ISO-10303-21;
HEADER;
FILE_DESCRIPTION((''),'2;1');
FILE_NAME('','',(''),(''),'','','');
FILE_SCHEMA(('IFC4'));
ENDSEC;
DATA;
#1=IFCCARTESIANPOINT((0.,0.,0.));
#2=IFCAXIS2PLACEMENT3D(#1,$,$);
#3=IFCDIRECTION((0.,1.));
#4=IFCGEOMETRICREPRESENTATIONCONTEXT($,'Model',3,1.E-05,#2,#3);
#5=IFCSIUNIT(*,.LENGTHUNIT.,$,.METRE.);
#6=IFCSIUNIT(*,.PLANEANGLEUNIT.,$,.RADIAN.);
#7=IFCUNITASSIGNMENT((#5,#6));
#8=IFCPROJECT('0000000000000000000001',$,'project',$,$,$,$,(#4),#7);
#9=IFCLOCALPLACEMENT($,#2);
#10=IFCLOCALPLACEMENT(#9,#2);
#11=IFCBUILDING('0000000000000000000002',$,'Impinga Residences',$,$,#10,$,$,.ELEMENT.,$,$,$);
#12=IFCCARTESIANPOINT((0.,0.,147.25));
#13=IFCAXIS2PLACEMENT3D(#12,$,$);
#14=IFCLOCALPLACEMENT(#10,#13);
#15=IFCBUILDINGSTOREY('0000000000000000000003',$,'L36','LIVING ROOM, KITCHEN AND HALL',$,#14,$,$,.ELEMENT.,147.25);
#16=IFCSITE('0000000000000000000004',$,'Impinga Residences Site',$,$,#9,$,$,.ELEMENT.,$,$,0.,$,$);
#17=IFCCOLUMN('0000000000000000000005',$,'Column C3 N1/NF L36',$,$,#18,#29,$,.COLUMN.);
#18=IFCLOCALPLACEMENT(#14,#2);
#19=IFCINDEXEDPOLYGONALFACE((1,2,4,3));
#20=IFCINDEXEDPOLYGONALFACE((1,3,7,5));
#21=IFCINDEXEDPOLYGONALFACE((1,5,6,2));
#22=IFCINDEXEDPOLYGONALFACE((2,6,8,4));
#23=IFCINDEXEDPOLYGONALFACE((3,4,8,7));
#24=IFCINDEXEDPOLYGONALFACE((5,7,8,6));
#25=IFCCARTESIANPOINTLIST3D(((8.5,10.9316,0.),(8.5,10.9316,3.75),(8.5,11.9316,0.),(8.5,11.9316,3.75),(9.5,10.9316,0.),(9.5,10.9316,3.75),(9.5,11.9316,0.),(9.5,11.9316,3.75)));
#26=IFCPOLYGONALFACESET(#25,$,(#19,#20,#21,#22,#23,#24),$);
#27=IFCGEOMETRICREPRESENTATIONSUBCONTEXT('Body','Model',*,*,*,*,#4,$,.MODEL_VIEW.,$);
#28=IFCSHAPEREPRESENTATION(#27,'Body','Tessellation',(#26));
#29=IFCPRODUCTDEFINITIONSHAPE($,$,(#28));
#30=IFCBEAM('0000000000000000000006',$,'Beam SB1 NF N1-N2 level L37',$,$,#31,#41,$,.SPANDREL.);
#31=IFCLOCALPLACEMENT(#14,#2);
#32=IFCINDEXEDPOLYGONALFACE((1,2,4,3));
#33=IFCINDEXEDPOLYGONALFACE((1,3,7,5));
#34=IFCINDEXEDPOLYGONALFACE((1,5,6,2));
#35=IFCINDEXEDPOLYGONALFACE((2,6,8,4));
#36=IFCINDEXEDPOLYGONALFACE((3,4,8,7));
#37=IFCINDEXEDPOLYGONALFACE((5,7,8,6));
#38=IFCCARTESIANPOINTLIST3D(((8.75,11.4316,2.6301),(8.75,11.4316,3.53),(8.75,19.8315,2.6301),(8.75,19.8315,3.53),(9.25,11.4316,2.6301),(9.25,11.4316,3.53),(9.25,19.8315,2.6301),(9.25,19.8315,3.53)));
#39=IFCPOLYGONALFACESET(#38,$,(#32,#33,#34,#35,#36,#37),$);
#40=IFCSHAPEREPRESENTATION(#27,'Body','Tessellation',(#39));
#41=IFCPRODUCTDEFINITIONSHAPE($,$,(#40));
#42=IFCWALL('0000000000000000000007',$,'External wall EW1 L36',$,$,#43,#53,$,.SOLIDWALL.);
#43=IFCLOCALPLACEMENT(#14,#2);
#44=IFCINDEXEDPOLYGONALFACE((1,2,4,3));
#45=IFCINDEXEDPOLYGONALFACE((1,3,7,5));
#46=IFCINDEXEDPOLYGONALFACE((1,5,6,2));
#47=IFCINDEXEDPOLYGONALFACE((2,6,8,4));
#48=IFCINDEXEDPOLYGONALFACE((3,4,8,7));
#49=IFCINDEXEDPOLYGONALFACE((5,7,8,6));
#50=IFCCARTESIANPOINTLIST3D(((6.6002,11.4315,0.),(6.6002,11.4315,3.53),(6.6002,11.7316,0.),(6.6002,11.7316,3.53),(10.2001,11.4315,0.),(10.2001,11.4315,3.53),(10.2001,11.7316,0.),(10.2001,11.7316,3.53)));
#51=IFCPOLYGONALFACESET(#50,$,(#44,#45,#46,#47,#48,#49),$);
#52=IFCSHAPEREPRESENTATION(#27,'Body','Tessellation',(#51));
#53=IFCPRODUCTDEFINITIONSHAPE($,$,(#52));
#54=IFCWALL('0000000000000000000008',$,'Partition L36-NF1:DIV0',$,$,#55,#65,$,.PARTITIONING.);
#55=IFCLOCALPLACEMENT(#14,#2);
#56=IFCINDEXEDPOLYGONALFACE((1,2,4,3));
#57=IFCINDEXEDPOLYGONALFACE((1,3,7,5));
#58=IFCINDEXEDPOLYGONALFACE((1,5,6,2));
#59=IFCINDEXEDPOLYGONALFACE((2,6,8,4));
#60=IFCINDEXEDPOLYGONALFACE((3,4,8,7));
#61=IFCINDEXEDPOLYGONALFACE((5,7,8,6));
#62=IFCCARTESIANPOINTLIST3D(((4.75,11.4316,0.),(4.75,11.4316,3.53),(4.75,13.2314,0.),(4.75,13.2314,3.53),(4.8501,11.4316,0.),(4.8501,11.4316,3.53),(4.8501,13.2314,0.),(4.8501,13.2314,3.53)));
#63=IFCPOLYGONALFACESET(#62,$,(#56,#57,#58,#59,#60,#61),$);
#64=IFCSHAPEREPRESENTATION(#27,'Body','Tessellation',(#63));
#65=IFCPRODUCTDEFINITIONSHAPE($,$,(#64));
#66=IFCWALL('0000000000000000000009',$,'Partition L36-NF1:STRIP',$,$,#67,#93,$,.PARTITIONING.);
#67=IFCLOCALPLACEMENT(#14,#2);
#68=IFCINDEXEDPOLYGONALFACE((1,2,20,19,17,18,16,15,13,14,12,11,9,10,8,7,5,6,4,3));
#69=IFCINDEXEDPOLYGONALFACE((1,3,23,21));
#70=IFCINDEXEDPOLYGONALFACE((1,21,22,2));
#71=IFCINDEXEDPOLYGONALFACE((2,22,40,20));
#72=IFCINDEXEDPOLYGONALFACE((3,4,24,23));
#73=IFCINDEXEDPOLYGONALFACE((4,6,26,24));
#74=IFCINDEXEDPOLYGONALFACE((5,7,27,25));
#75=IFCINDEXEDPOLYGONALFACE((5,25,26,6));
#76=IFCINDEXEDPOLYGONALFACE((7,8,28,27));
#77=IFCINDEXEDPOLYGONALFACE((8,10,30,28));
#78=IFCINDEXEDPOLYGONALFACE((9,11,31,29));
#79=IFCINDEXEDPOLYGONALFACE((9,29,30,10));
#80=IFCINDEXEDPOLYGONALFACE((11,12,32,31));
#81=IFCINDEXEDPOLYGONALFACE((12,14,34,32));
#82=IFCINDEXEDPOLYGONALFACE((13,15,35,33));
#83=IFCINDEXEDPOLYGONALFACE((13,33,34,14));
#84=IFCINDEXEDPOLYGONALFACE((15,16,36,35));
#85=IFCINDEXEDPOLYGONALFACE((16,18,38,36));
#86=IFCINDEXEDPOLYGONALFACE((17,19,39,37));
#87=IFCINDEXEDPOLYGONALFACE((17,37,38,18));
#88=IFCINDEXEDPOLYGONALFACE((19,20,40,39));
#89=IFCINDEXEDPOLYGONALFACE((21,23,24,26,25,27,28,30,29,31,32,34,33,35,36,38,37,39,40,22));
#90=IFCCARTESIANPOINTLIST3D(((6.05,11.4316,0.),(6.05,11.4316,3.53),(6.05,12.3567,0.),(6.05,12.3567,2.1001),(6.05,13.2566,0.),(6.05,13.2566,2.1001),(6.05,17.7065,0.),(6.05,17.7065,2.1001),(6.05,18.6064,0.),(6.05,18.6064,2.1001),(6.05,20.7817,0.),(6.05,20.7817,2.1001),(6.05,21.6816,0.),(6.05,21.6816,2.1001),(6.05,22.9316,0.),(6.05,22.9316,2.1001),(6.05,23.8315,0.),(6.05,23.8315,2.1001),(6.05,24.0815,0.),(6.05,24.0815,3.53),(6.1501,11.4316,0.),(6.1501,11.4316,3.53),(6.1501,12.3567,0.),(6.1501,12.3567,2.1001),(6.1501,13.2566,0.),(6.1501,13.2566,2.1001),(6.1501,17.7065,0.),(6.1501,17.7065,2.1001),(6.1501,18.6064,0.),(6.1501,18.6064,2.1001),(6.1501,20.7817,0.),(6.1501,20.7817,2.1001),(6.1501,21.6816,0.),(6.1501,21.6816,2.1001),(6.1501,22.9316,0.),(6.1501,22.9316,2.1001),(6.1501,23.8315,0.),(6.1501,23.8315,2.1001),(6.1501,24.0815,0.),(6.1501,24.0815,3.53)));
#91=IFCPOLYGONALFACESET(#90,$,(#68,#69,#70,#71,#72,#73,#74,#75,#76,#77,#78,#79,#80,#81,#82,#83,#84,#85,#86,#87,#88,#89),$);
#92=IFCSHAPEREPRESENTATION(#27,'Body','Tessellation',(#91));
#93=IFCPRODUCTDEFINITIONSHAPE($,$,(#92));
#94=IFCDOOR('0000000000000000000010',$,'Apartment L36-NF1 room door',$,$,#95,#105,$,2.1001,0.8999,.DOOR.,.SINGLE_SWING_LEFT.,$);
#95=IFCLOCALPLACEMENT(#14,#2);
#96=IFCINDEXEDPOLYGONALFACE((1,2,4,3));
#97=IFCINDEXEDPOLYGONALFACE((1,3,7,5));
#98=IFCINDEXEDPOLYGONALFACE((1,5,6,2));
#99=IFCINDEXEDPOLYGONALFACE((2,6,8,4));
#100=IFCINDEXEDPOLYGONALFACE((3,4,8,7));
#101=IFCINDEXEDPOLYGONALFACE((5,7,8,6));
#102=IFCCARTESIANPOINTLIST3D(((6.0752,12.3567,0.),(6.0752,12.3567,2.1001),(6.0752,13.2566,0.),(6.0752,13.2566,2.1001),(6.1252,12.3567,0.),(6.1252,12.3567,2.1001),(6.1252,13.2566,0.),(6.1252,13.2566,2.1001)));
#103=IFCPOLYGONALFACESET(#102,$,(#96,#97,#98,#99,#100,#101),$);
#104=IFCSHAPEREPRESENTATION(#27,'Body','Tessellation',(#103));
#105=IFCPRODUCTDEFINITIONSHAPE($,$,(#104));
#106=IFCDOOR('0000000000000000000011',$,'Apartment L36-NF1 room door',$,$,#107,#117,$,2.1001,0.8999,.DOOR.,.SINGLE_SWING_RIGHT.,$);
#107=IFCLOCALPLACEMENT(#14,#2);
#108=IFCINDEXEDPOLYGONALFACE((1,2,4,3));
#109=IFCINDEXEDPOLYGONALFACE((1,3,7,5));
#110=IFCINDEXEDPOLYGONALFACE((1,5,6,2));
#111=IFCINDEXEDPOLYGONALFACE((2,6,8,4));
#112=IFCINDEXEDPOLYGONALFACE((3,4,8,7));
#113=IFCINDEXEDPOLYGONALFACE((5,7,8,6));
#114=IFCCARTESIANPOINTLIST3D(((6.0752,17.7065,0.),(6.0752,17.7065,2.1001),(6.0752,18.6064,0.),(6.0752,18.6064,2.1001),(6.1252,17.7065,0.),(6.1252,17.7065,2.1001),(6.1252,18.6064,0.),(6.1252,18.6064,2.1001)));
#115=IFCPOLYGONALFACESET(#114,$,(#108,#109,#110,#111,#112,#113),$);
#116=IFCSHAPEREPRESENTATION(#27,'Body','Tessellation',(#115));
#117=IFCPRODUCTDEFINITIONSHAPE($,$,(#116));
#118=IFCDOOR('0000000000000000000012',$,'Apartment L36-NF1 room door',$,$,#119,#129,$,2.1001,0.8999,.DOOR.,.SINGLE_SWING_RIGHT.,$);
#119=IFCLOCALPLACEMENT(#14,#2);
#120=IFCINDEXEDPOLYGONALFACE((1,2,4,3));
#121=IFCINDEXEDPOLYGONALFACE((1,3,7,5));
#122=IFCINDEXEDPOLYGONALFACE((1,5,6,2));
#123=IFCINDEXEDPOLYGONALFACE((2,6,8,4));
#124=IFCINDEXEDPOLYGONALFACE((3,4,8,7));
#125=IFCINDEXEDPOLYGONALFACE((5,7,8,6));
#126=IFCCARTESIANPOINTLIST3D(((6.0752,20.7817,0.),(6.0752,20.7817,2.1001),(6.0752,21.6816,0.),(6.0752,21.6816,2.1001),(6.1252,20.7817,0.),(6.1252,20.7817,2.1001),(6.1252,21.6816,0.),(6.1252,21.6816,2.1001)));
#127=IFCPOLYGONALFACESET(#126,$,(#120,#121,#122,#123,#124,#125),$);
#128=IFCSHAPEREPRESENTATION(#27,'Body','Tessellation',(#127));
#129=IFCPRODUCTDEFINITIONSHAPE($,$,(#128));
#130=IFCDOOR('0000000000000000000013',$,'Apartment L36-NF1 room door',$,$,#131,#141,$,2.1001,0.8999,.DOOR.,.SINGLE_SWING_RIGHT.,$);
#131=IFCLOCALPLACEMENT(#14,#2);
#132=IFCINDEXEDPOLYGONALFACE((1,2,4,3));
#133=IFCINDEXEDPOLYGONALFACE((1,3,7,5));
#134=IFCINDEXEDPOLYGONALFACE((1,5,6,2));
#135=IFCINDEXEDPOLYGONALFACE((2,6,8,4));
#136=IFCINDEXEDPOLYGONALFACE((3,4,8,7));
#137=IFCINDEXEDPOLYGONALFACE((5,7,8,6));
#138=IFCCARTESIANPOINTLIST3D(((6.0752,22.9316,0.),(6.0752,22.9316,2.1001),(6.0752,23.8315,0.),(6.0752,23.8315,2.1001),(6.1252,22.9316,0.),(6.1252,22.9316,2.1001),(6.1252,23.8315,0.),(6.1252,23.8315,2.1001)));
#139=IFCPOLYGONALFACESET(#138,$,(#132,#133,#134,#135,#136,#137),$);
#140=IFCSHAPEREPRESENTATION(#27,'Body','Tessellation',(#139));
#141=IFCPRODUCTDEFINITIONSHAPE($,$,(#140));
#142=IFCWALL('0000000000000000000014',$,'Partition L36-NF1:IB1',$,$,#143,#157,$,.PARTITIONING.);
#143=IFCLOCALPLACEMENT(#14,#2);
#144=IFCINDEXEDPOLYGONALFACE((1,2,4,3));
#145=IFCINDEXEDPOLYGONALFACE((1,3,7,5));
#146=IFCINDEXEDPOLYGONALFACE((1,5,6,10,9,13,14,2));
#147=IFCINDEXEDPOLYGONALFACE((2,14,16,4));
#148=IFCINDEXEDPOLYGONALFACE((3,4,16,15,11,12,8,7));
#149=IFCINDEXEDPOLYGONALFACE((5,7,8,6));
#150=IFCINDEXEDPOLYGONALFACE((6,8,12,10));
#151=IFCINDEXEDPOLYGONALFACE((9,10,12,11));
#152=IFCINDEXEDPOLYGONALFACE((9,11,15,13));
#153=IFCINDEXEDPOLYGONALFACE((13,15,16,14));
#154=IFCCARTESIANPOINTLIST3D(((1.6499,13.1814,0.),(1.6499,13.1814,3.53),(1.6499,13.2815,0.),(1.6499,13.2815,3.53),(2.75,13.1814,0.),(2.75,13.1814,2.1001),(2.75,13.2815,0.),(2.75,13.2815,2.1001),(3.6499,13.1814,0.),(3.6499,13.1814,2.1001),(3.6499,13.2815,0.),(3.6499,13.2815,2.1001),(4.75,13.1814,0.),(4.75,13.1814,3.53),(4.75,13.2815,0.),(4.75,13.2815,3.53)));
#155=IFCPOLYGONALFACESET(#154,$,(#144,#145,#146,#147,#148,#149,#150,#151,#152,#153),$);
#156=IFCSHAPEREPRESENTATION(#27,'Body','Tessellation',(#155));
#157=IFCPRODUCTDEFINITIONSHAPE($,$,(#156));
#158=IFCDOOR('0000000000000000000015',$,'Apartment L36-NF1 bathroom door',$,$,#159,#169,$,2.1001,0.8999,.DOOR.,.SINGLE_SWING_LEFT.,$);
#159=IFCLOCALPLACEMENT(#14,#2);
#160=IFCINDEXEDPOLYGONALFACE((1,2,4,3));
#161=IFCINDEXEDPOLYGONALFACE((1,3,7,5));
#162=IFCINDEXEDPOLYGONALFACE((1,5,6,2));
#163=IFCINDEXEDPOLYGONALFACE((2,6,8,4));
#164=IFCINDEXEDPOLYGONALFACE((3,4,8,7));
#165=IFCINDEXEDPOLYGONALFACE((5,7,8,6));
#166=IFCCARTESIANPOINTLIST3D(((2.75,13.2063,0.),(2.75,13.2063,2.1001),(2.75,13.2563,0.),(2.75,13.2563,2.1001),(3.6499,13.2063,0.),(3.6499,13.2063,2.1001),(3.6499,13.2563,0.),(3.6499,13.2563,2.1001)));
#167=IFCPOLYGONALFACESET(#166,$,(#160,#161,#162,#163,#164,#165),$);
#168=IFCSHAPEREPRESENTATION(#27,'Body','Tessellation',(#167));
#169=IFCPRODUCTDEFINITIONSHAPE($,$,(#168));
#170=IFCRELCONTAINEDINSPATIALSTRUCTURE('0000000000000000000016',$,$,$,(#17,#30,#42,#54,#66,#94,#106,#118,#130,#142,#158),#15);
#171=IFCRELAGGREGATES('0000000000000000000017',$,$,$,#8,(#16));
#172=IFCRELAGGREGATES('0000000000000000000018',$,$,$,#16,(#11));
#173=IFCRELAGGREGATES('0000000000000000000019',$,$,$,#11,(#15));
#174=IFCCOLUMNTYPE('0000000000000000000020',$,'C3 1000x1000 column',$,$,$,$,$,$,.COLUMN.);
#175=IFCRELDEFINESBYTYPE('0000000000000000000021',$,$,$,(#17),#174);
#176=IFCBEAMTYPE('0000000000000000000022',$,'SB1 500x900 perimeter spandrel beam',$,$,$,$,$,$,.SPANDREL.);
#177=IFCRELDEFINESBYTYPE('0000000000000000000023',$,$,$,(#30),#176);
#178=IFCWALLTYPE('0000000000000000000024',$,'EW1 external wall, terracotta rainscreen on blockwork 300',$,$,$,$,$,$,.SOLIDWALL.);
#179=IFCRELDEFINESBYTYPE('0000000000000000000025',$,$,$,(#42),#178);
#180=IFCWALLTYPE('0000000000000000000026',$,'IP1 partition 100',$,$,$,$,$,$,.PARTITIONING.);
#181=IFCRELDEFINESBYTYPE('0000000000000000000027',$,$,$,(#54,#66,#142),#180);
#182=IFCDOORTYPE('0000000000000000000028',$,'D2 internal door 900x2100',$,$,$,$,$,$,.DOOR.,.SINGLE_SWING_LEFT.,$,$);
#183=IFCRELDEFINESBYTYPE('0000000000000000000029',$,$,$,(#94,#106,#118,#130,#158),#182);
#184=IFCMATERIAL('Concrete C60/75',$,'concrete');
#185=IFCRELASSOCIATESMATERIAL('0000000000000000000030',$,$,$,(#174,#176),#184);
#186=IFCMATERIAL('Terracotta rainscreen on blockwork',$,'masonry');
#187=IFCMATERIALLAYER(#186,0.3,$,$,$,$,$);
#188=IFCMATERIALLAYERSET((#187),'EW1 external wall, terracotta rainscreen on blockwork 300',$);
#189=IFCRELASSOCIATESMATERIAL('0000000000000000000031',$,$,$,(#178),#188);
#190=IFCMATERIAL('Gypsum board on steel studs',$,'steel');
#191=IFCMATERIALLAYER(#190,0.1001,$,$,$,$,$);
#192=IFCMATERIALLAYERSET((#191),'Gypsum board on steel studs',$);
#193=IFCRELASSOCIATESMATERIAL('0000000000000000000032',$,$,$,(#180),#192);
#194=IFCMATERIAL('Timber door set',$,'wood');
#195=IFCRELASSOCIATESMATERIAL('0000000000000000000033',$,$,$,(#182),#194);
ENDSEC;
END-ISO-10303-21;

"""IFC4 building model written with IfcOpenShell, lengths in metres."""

from ifc_helpers import new_model, si_unit, direction, frame, frame_2d, origin, origin_2d, place, context, subcontext, project, spatial, rectangle, extrude, material, layer, layer_set, material_profile, profile_set, type_object, element, fill, save


model = new_model("IFC4")

# Units and contexts
model_context = context("Model", 3, precision=1e-05, world=origin(), true_north=direction((0.0, 1.0)))
body_context = subcontext(model_context, "Body", "Model", "MODEL_VIEW")
ifc_project = project(units=[si_unit("LENGTHUNIT", "METRE"), si_unit("PLANEANGLEUNIT", "RADIAN")], contexts=[model_context])

# Site, building, storey
site_placement = place(None, origin())
site = spatial("IfcSite", under=ifc_project, at=site_placement, Name="Impinga Residences Site", CompositionType="ELEMENT", RefElevation=0.0)
building_placement = place(site_placement, origin())
building = spatial("IfcBuilding", under=site, at=building_placement, Name="Impinga Residences", CompositionType="ELEMENT")
storey_placement = place(building_placement, frame((0.0, 0.0, 147.25)))
storey = spatial("IfcBuildingStorey", under=building, at=storey_placement, Name="L36", Description="LIVING ROOM, KITCHEN AND HALL", CompositionType="ELEMENT", Elevation=147.25)

# Column
ifc_material_1 = material(Name="Concrete C60/75", Category="concrete")
ifc_material_profile_1 = material_profile(ifc_material_1, rectangle(XDim=1.0, YDim=1.0, at=origin_2d()), Name="RC 1000x1000")
ifc_profile_set_1 = profile_set([ifc_material_profile_1], Name="Concrete C60/75")
column_type = type_object("IfcColumnType", Name="C3 1000x1000 column", PredefinedType="COLUMN", material=ifc_profile_set_1)
column_placement = place(storey_placement, frame((9.0, 11.4316, 0.0), z_axis=(0.0, 0.0, 1.0), x_axis=(1.0, 0.0, 0.0)))
element("IfcColumn", 1, at=column_placement, inside=storey, type_object=column_type, Name="Column C3 N1/NF L36", PredefinedType="COLUMN", context=body_context, shape_type="SweptSolid", body=[
    extrude(rectangle(XDim=1.0, YDim=1.0, at=origin_2d()), origin(), (0.0, 0.0, 1.0), 3.75),
])

# Beam
ifc_material_profile_2 = material_profile(ifc_material_1, rectangle(XDim=0.5, YDim=0.8999, at=origin_2d()), Name="RC 500x900")
ifc_profile_set_2 = profile_set([ifc_material_profile_2], Name="Concrete C60/75")
beam_type = type_object("IfcBeamType", Name="SB1 500x900 perimeter spandrel beam", PredefinedType="SPANDREL", material=ifc_profile_set_2)
beam_placement = place(storey_placement, frame((9.0, 11.4316, 3.0801), z_axis=(0.0, 1.0, 0.0), x_axis=(-1.0, 0.0, 0.0)))
element("IfcBeam", 2, at=beam_placement, inside=storey, type_object=beam_type, Name="Beam SB1 NF N1-N2 level L37", PredefinedType="SPANDREL", context=body_context, shape_type="SweptSolid", body=[
    extrude(rectangle(XDim=0.5, YDim=0.8999, at=origin_2d()), origin(), (0.0, 0.0, 1.0), 8.3999),
])

# Walls
ifc_material_2 = material(Name="Terracotta rainscreen on blockwork", Category="masonry")
ifc_layer_1 = layer(ifc_material_2, 0.3)
ifc_layer_set_1 = layer_set([ifc_layer_1], Name="EW1 external wall, terracotta rainscreen on blockwork 300")
wall_type_1 = type_object("IfcWallType", Name="EW1 external wall, terracotta rainscreen on blockwork 300", PredefinedType="SOLIDWALL", material=ifc_layer_set_1)
wall_1_placement = place(storey_placement, frame((10.2, 11.5815, 0.0), z_axis=(0.0, 0.0, 1.0), x_axis=(-1.0, 0.0, 0.0)))
element("IfcWall", 3, at=wall_1_placement, inside=storey, type_object=wall_type_1, Name="External wall EW1 L36", PredefinedType="SOLIDWALL", context=body_context, shape_type="SweptSolid", body=[
    extrude(rectangle(XDim=3.5999, YDim=0.3, at=frame_2d((1.7998, 0.0))), origin(), (0.0, 0.0, 1.0), 3.53),
])
ifc_material_3 = material(Name="Gypsum board on steel studs", Category="steel")
ifc_layer_2 = layer(ifc_material_3, 0.1001)
ifc_layer_set_2 = layer_set([ifc_layer_2], Name="Gypsum board on steel studs")
wall_type_2 = type_object("IfcWallType", Name="IP1 partition 100", PredefinedType="PARTITIONING", material=ifc_layer_set_2)
wall_2_placement = place(storey_placement, frame((4.8, 11.4316, 0.0), z_axis=(0.0, 0.0, 1.0), x_axis=(0.0, 1.0, 0.0)))
element("IfcWall", 4, at=wall_2_placement, inside=storey, type_object=wall_type_2, Name="Partition L36-NF1:DIV0", PredefinedType="PARTITIONING", context=body_context, shape_type="SweptSolid", body=[
    extrude(rectangle(XDim=1.7998, YDim=0.1001, at=frame_2d((0.8999, 0.0))), origin(), (0.0, 0.0, 1.0), 3.53),
])

# Wall, openings, doors
wall_3_placement = place(storey_placement, frame((6.1001, 11.4316, 0.0), z_axis=(0.0, 0.0, 1.0), x_axis=(0.0, 1.0, 0.0)))
wall_3 = element("IfcWall", 5, at=wall_3_placement, inside=storey, type_object=wall_type_2, Name="Partition L36-NF1:STRIP", PredefinedType="PARTITIONING", context=body_context, shape_type="SweptSolid", body=[
    extrude(rectangle(XDim=12.6499, YDim=0.1001, at=frame_2d((6.325, 0.0))), origin(), (0.0, 0.0, 1.0), 3.53),
])
opening_1_placement = place(wall_3_placement, frame((0.925, 0.0, 0.0)))
opening_1 = element("IfcOpeningElement", 6, at=opening_1_placement, cuts=wall_3, PredefinedType="OPENING", context=body_context, shape_type="SweptSolid", body=[
    extrude(rectangle(XDim=0.8999, YDim=2.1001, at=frame_2d((0.45, 1.05))), frame((0.0, 0.0601, 0.0), z_axis=(0.0, -1.0, 0.0), x_axis=(1.0, 0.0, 0.0)), (0.0, 0.0, 1.0), 0.1201),
])
opening_2_placement = place(wall_3_placement, frame((6.2749, 0.0, 0.0)))
opening_2 = element("IfcOpeningElement", 7, at=opening_2_placement, cuts=wall_3, PredefinedType="OPENING", context=body_context, shape_type="SweptSolid", body=[
    extrude(rectangle(XDim=0.8999, YDim=2.1001, at=frame_2d((0.45, 1.05))), frame((0.0, 0.0601, 0.0), z_axis=(0.0, -1.0, 0.0), x_axis=(1.0, 0.0, 0.0)), (0.0, 0.0, 1.0), 0.1201),
])
opening_3_placement = place(wall_3_placement, frame((9.3501, 0.0, 0.0)))
opening_3 = element("IfcOpeningElement", 8, at=opening_3_placement, cuts=wall_3, PredefinedType="OPENING", context=body_context, shape_type="SweptSolid", body=[
    extrude(rectangle(XDim=0.8999, YDim=2.1001, at=frame_2d((0.45, 1.05))), frame((0.0, 0.0601, 0.0), z_axis=(0.0, -1.0, 0.0), x_axis=(1.0, 0.0, 0.0)), (0.0, 0.0, 1.0), 0.1201),
])
opening_4_placement = place(wall_3_placement, frame((11.5, 0.0, 0.0)))
opening_4 = element("IfcOpeningElement", 9, at=opening_4_placement, cuts=wall_3, PredefinedType="OPENING", context=body_context, shape_type="SweptSolid", body=[
    extrude(rectangle(XDim=0.8999, YDim=2.1001, at=frame_2d((0.45, 1.05))), frame((0.0, 0.0601, 0.0), z_axis=(0.0, -1.0, 0.0), x_axis=(1.0, 0.0, 0.0)), (0.0, 0.0, 1.0), 0.1201),
])
ifc_material_4 = material(Name="Timber door set", Category="wood")
door_type_1 = type_object("IfcDoorType", Name="D2 internal door 900x2100", OperationType="SINGLE_SWING_LEFT", PredefinedType="DOOR", material=ifc_material_4)
door_1_placement = place(opening_1_placement, origin())
door_1 = element("IfcDoor", 10, at=door_1_placement, inside=storey, type_object=door_type_1, Name="Apartment L36-NF1 room door", OperationType="SINGLE_SWING_LEFT", OverallHeight=2.1001, OverallWidth=0.8999, PredefinedType="DOOR", context=body_context, shape_type="SweptSolid", body=[
    extrude(rectangle(XDim=0.8999, YDim=2.1001, at=frame_2d((0.45, 1.05))), frame((0.0, 0.0249, 0.0), z_axis=(0.0, -1.0, 0.0), x_axis=(1.0, 0.0, 0.0)), (0.0, 0.0, 1.0), 0.05),
])
fill(opening_1, door_1)
door_2_placement = place(opening_2_placement, origin())
door_2 = element("IfcDoor", 11, at=door_2_placement, inside=storey, type_object=door_type_1, Name="Apartment L36-NF1 room door", OperationType="SINGLE_SWING_RIGHT", OverallHeight=2.1001, OverallWidth=0.8999, PredefinedType="DOOR", context=body_context, shape_type="SweptSolid", body=[
    extrude(rectangle(XDim=0.8999, YDim=2.1001, at=frame_2d((0.45, 1.05))), frame((0.0, 0.0249, 0.0), z_axis=(0.0, -1.0, 0.0), x_axis=(1.0, 0.0, 0.0)), (0.0, 0.0, 1.0), 0.05),
])
fill(opening_2, door_2)
door_3_placement = place(opening_3_placement, origin())
door_3 = element("IfcDoor", 12, at=door_3_placement, inside=storey, type_object=door_type_1, Name="Apartment L36-NF1 room door", OperationType="SINGLE_SWING_RIGHT", OverallHeight=2.1001, OverallWidth=0.8999, PredefinedType="DOOR", context=body_context, shape_type="SweptSolid", body=[
    extrude(rectangle(XDim=0.8999, YDim=2.1001, at=frame_2d((0.45, 1.05))), frame((0.0, 0.0249, 0.0), z_axis=(0.0, -1.0, 0.0), x_axis=(1.0, 0.0, 0.0)), (0.0, 0.0, 1.0), 0.05),
])
fill(opening_3, door_3)
door_4_placement = place(opening_4_placement, origin())
door_4 = element("IfcDoor", 13, at=door_4_placement, inside=storey, type_object=door_type_1, Name="Apartment L36-NF1 room door", OperationType="SINGLE_SWING_RIGHT", OverallHeight=2.1001, OverallWidth=0.8999, PredefinedType="DOOR", context=body_context, shape_type="SweptSolid", body=[
    extrude(rectangle(XDim=0.8999, YDim=2.1001, at=frame_2d((0.45, 1.05))), frame((0.0, 0.0249, 0.0), z_axis=(0.0, -1.0, 0.0), x_axis=(1.0, 0.0, 0.0)), (0.0, 0.0, 1.0), 0.05),
])
fill(opening_4, door_4)

# Wall, opening, door
wall_4_placement = place(storey_placement, frame((1.6499, 13.2314, 0.0), z_axis=(0.0, 0.0, 1.0), x_axis=(1.0, 0.0, 0.0)))
wall_4 = element("IfcWall", 14, at=wall_4_placement, inside=storey, type_object=wall_type_2, Name="Partition L36-NF1:IB1", PredefinedType="PARTITIONING", context=body_context, shape_type="SweptSolid", body=[
    extrude(rectangle(XDim=3.1001, YDim=0.1001, at=frame_2d((1.55, 0.0))), origin(), (0.0, 0.0, 1.0), 3.53),
])
opening_5_placement = place(wall_4_placement, frame((1.1001, 0.0, 0.0)))
opening_5 = element("IfcOpeningElement", 15, at=opening_5_placement, cuts=wall_4, PredefinedType="OPENING", context=body_context, shape_type="SweptSolid", body=[
    extrude(rectangle(XDim=0.8999, YDim=2.1001, at=frame_2d((0.45, 1.05))), frame((0.0, 0.0601, 0.0), z_axis=(0.0, -1.0, 0.0), x_axis=(1.0, 0.0, 0.0)), (0.0, 0.0, 1.0), 0.1201),
])
door_5_placement = place(opening_5_placement, origin())
door_5 = element("IfcDoor", 16, at=door_5_placement, inside=storey, type_object=door_type_1, Name="Apartment L36-NF1 bathroom door", OperationType="SINGLE_SWING_LEFT", OverallHeight=2.1001, OverallWidth=0.8999, PredefinedType="DOOR", context=body_context, shape_type="SweptSolid", body=[
    extrude(rectangle(XDim=0.8999, YDim=2.1001, at=frame_2d((0.45, 1.05))), frame((0.0, 0.0249, 0.0), z_axis=(0.0, -1.0, 0.0), x_axis=(1.0, 0.0, 0.0)), (0.0, 0.0, 1.0), 0.05),
])
fill(opening_5, door_5)

save(model, "model.ifc")
